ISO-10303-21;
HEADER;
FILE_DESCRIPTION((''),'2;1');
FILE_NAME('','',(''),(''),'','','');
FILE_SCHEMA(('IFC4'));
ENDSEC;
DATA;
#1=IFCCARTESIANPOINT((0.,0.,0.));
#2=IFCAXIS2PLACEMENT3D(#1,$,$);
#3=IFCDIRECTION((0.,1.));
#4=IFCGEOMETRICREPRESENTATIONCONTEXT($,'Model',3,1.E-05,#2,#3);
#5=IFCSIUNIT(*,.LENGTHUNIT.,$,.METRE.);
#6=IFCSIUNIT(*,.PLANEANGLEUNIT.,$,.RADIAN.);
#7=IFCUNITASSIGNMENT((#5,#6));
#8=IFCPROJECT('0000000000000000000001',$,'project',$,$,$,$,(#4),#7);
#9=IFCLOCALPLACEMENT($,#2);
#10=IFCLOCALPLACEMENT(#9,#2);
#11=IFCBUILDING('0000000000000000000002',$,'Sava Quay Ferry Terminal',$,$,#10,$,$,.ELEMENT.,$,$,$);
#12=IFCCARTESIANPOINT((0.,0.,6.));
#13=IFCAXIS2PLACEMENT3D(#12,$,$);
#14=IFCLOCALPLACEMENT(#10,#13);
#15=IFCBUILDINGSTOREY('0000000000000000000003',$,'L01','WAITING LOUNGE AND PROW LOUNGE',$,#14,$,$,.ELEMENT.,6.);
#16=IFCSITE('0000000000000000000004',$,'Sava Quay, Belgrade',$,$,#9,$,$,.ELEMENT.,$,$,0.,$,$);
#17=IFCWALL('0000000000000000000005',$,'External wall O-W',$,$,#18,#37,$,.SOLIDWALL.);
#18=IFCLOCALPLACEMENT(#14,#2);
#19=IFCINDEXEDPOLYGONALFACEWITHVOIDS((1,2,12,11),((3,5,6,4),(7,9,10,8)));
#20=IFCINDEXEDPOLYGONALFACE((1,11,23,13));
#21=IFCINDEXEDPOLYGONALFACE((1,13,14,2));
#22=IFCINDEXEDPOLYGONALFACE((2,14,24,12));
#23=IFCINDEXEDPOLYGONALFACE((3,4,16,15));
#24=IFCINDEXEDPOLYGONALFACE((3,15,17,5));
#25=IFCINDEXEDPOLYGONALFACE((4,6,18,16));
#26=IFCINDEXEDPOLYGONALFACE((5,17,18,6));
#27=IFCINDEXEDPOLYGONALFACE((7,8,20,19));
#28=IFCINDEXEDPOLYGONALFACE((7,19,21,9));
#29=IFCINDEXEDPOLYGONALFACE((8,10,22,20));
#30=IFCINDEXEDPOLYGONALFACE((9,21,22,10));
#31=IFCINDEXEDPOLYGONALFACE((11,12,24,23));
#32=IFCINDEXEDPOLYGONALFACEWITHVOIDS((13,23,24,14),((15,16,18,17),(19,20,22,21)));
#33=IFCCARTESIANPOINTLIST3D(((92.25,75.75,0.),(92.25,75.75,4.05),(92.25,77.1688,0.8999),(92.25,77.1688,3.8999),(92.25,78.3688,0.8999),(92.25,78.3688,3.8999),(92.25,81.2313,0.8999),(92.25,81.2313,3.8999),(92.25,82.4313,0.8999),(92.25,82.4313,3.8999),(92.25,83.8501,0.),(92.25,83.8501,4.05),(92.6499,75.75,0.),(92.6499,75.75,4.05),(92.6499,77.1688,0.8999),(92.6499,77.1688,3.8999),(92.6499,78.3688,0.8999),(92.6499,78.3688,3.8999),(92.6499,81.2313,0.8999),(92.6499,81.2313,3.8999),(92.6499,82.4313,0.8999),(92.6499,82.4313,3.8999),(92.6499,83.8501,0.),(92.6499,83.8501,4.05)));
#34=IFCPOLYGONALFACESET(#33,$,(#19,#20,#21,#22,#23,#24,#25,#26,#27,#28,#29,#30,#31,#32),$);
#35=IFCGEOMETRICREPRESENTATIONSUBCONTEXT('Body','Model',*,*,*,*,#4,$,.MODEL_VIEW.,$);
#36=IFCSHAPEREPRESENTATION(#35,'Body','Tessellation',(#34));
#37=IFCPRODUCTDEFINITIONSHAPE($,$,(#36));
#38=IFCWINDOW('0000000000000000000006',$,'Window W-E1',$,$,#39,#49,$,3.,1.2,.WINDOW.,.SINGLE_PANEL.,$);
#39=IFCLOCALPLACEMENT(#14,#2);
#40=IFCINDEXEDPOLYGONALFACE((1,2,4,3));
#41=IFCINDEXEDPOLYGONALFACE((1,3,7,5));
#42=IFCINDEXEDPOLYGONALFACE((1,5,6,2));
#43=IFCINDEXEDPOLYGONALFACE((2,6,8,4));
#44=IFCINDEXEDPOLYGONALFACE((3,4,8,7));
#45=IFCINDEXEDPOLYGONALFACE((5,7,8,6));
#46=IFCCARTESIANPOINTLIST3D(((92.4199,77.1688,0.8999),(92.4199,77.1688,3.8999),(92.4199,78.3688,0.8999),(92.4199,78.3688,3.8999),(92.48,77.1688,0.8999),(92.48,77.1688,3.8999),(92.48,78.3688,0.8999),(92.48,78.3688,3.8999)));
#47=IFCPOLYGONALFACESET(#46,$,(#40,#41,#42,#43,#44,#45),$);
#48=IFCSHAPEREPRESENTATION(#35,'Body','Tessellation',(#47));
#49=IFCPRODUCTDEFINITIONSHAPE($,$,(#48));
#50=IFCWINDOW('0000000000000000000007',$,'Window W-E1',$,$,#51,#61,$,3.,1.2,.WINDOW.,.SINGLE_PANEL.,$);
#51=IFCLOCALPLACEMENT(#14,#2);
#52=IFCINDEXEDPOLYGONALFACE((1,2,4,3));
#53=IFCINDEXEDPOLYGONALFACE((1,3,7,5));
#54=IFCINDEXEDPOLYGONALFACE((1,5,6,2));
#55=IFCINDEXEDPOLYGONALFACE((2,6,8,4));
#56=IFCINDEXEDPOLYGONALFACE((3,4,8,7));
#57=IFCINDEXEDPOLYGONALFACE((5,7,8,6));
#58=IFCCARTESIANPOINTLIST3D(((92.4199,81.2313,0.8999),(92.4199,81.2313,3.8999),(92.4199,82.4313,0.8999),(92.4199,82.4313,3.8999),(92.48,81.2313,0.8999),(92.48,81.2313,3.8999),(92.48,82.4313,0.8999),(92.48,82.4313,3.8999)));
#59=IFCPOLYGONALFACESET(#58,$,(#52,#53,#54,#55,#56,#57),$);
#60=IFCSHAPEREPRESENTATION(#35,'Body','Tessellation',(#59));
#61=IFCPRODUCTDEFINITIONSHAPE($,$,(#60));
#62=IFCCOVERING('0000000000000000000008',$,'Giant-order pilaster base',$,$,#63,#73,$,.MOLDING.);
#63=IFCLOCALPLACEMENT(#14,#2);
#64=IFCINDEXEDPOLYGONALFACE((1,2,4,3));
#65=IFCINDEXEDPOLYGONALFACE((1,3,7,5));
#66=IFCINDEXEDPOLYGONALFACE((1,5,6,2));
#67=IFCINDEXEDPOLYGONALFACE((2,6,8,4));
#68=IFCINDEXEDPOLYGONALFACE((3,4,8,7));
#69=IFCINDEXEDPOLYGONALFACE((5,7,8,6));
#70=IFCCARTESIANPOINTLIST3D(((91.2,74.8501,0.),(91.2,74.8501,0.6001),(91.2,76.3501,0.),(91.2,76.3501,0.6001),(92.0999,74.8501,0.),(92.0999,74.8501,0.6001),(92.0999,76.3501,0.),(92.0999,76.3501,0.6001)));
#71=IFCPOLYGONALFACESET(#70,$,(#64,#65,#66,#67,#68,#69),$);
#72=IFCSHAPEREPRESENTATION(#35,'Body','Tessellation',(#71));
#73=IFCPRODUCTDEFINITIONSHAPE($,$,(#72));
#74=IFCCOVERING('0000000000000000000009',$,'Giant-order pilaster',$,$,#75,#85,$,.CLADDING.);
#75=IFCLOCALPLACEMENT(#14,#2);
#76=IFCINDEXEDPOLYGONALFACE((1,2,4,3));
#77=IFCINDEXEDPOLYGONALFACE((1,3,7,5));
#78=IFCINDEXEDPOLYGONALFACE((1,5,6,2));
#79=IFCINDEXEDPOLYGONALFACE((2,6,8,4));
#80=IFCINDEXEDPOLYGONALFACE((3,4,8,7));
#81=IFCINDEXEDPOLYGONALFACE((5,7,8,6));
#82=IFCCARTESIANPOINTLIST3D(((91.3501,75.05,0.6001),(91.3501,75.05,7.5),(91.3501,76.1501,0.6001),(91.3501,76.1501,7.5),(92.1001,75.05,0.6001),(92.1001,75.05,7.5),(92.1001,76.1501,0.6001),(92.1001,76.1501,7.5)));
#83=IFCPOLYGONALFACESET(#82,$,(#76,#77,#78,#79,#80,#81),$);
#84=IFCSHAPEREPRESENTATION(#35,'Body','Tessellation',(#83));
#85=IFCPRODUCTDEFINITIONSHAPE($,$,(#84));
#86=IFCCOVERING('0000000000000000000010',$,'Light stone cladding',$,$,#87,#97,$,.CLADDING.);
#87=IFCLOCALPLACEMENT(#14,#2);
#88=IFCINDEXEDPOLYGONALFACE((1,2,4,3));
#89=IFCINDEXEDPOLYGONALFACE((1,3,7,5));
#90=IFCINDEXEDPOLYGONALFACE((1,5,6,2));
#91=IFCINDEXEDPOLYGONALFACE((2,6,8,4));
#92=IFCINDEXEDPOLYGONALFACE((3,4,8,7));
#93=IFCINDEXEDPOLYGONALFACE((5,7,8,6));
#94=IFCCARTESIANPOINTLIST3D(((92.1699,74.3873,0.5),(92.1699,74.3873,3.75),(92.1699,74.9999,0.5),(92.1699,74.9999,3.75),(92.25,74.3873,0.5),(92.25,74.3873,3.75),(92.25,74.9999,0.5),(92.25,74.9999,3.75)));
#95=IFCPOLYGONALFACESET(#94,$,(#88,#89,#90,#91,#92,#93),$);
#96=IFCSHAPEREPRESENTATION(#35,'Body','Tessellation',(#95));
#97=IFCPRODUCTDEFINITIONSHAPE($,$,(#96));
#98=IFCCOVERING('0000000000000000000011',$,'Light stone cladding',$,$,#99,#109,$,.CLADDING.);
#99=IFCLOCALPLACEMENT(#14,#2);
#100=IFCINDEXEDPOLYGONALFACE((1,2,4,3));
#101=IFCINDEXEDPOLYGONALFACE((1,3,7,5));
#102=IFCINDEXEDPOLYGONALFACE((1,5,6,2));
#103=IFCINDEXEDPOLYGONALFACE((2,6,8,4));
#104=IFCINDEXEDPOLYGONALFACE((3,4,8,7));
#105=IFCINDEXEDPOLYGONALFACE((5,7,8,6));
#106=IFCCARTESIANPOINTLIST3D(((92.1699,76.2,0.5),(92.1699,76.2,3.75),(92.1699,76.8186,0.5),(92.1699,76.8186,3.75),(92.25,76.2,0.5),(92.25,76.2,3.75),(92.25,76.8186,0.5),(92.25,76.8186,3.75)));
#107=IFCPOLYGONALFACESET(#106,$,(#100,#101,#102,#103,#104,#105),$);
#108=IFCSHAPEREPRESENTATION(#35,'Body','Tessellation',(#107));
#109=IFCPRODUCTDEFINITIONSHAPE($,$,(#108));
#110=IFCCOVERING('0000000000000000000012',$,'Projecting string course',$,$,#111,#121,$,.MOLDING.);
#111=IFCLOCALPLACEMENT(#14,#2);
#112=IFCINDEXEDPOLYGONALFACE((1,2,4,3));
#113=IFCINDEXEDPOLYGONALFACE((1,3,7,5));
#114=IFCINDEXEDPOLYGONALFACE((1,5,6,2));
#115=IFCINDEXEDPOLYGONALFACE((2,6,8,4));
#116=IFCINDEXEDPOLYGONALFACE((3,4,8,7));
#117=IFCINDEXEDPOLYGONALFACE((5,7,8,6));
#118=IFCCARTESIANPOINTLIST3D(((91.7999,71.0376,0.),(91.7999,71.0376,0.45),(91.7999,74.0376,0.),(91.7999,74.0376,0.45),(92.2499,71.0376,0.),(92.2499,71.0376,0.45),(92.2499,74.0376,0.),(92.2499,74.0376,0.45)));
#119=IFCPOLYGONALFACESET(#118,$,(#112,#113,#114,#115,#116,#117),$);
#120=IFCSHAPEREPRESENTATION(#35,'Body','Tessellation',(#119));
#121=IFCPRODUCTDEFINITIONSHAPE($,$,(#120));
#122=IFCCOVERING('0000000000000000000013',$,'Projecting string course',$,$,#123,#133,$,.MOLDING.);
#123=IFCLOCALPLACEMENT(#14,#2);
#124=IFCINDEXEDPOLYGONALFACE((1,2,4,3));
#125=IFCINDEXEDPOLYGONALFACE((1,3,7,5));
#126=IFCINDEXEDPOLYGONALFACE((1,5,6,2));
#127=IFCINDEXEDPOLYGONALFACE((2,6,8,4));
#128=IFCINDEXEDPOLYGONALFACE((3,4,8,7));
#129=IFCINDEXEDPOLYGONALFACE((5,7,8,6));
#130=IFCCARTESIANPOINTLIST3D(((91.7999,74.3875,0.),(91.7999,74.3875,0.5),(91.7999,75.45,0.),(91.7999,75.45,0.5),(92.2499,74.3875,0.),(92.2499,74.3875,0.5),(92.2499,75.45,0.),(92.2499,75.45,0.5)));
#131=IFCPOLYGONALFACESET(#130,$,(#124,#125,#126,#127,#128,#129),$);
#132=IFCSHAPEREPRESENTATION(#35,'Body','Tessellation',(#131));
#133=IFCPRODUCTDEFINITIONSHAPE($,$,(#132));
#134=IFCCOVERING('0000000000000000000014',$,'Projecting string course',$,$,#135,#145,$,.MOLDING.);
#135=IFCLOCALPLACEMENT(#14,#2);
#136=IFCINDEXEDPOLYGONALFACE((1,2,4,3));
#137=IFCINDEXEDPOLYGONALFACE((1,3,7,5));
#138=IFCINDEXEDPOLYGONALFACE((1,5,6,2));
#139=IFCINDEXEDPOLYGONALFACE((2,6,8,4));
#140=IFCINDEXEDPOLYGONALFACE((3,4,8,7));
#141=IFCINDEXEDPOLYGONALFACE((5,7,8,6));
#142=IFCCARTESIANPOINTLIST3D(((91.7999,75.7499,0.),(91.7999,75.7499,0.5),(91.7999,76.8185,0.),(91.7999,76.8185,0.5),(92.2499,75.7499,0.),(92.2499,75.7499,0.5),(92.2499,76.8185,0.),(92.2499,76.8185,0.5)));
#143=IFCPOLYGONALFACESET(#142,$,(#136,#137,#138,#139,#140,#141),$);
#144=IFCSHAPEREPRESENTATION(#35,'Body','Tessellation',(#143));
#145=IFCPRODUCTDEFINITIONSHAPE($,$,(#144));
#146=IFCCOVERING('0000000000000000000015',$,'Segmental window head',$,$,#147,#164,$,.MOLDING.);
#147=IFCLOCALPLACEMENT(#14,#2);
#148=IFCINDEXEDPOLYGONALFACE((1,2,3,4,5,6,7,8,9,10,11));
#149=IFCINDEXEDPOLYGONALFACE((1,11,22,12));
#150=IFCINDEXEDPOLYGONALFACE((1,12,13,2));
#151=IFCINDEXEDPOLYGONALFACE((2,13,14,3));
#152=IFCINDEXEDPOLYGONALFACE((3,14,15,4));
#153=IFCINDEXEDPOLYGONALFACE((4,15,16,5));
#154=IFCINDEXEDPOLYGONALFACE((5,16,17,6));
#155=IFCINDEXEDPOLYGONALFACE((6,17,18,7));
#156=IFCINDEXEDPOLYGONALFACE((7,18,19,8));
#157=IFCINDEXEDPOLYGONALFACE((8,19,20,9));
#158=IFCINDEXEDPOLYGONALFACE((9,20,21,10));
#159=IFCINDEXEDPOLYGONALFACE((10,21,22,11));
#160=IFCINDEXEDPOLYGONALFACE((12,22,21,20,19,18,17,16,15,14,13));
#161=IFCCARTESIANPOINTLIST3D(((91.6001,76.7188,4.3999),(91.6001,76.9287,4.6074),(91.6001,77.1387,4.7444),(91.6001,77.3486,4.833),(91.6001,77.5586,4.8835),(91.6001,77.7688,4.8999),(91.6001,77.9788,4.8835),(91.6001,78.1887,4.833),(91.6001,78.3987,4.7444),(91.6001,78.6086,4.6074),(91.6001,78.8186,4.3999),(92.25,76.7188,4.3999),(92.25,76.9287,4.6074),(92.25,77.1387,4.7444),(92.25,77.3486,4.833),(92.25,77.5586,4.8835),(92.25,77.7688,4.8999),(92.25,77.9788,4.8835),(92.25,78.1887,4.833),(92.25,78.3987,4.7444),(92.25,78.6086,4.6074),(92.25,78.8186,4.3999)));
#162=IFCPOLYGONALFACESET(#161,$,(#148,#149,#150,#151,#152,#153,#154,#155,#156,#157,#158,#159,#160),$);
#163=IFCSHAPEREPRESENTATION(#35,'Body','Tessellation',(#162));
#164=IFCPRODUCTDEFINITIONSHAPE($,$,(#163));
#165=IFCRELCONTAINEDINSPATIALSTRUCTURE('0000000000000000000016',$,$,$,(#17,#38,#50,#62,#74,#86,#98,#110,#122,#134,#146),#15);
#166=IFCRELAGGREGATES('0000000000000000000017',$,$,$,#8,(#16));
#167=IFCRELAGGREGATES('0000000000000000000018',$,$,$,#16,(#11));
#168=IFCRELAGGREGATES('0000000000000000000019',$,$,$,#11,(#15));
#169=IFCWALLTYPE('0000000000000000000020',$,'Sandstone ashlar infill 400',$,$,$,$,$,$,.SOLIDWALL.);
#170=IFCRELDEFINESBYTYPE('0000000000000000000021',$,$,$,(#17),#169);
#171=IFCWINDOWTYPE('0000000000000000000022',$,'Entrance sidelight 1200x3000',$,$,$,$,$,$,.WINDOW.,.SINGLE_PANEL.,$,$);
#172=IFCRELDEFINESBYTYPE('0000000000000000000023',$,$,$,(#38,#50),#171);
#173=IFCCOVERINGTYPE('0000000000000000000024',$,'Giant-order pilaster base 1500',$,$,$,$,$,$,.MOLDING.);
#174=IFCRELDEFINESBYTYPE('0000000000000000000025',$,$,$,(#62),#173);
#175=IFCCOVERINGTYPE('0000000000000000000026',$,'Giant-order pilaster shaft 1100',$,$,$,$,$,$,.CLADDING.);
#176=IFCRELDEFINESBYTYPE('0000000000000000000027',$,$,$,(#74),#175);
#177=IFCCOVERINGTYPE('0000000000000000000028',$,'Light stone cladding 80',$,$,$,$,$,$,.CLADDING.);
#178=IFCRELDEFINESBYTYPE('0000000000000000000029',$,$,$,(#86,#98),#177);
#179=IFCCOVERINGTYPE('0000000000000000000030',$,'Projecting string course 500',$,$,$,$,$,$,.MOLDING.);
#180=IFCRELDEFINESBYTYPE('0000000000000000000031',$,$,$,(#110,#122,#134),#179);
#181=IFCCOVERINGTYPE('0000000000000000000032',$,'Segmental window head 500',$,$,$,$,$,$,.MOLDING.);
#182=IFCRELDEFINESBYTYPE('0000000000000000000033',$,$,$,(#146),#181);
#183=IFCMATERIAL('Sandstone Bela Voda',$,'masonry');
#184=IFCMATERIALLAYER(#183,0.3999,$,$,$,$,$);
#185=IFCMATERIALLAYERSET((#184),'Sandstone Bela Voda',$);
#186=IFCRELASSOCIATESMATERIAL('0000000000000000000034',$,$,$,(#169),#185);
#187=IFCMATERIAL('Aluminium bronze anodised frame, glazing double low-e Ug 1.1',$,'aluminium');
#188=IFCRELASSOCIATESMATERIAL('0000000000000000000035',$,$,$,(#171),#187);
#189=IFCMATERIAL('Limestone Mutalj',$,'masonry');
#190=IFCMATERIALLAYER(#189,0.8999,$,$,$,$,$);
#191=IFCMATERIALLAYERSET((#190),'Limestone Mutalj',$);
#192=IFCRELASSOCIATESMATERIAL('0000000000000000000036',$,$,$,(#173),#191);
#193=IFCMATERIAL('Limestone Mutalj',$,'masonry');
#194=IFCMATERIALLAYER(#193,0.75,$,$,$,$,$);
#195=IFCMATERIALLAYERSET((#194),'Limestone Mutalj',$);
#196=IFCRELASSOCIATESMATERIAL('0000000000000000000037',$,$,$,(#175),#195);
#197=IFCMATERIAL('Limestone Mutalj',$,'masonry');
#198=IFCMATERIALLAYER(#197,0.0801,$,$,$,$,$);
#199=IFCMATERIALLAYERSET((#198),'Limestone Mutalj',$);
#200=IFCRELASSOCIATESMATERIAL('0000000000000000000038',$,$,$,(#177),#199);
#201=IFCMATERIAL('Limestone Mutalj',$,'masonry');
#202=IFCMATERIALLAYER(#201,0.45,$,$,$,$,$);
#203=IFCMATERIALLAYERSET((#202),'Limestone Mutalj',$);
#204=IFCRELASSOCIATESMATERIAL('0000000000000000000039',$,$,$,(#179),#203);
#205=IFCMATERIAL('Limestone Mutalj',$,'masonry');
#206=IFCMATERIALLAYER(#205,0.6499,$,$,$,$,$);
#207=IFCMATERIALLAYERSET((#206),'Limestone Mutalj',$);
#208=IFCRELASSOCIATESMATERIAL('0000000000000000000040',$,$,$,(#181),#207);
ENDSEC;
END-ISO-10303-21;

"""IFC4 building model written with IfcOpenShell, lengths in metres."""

from ifc_helpers import new_model, si_unit, direction, frame, frame_2d, origin, origin_2d, place, context, subcontext, project, spatial, polyline, rectangle, outline, extrude, material, layer, layer_set, type_object, element, fill, save


model = new_model("IFC4")

# Units and contexts
model_context = context("Model", 3, precision=1e-05, world=origin(), true_north=direction((0.0, 1.0)))
body_context = subcontext(model_context, "Body", "Model", "MODEL_VIEW")
ifc_project = project(units=[si_unit("LENGTHUNIT", "METRE"), si_unit("PLANEANGLEUNIT", "RADIAN")], contexts=[model_context])

# Site, building, storey
site_placement = place(None, origin())
site = spatial("IfcSite", under=ifc_project, at=site_placement, Name="Sava Quay, Belgrade", CompositionType="ELEMENT", RefElevation=0.0)
building_placement = place(site_placement, origin())
building = spatial("IfcBuilding", under=site, at=building_placement, Name="Sava Quay Ferry Terminal", CompositionType="ELEMENT")
storey_placement = place(building_placement, frame((0.0, 0.0, 6.0)))
storey = spatial("IfcBuildingStorey", under=building, at=storey_placement, Name="L01", Description="WAITING LOUNGE AND PROW LOUNGE", CompositionType="ELEMENT", Elevation=6.0)

# Wall, openings, windows
ifc_material_1 = material(Name="Sandstone Bela Voda", Category="masonry")
ifc_layer_1 = layer(ifc_material_1, 0.3999)
ifc_layer_set_1 = layer_set([ifc_layer_1], Name="Sandstone Bela Voda")
wall_type_1 = type_object("IfcWallType", Name="Sandstone ashlar infill 400", PredefinedType="SOLIDWALL", material=ifc_layer_set_1)
wall_1_placement = place(storey_placement, frame((92.45, 75.75, 0.0), z_axis=(0.0, 0.0, 1.0), x_axis=(0.0, 1.0, 0.0)))
wall_1 = element("IfcWall", 1, at=wall_1_placement, inside=storey, type_object=wall_type_1, Name="External wall O-W", PredefinedType="SOLIDWALL", context=body_context, shape_type="SweptSolid", body=[
    extrude(rectangle(XDim=8.1001, YDim=0.3999, at=frame_2d((4.05, 0.0))), origin(), (0.0, 0.0, 1.0), 4.05),
])
opening_1_placement = place(wall_1_placement, frame((1.4187, 0.0, 0.8999)))
opening_1 = element("IfcOpeningElement", 2, at=opening_1_placement, cuts=wall_1, PredefinedType="OPENING", context=body_context, shape_type="SweptSolid", body=[
    extrude(rectangle(XDim=1.2, YDim=3.0, at=frame_2d((0.6001, 1.5))), frame((0.0, 0.2, 0.0), z_axis=(0.0, -1.0, 0.0), x_axis=(1.0, 0.0, 0.0)), (0.0, 0.0, 1.0), 0.3999),
])
opening_2_placement = place(wall_1_placement, frame((5.4812, 0.0, 0.8999)))
opening_2 = element("IfcOpeningElement", 3, at=opening_2_placement, cuts=wall_1, PredefinedType="OPENING", context=body_context, shape_type="SweptSolid", body=[
    extrude(rectangle(XDim=1.2, YDim=3.0, at=frame_2d((0.6001, 1.5))), frame((0.0, 0.2, 0.0), z_axis=(0.0, -1.0, 0.0), x_axis=(1.0, 0.0, 0.0)), (0.0, 0.0, 1.0), 0.3999),
])
ifc_material_2 = material(Name="Aluminium bronze anodised frame, glazing double low-e Ug 1.1", Category="aluminium")
window_type = type_object("IfcWindowType", Name="Entrance sidelight 1200x3000", PartitioningType="SINGLE_PANEL", PredefinedType="WINDOW", material=ifc_material_2)
window_1_placement = place(opening_1_placement, origin())
window_1 = element("IfcWindow", 4, at=window_1_placement, inside=storey, type_object=window_type, Name="Window W-E1", OverallHeight=3.0, OverallWidth=1.2, PartitioningType="SINGLE_PANEL", PredefinedType="WINDOW", context=body_context, shape_type="SweptSolid", body=[
    extrude(rectangle(XDim=1.2, YDim=3.0, at=frame_2d((0.6001, 1.5))), frame((0.0, 0.03, 0.0), z_axis=(0.0, -1.0, 0.0), x_axis=(1.0, 0.0, 0.0)), (0.0, 0.0, 1.0), 0.0601),
])
fill(opening_1, window_1)
window_2_placement = place(opening_2_placement, origin())
window_2 = element("IfcWindow", 5, at=window_2_placement, inside=storey, type_object=window_type, Name="Window W-E1", OverallHeight=3.0, OverallWidth=1.2, PartitioningType="SINGLE_PANEL", PredefinedType="WINDOW", context=body_context, shape_type="SweptSolid", body=[
    extrude(rectangle(XDim=1.2, YDim=3.0, at=frame_2d((0.6001, 1.5))), frame((0.0, 0.03, 0.0), z_axis=(0.0, -1.0, 0.0), x_axis=(1.0, 0.0, 0.0)), (0.0, 0.0, 1.0), 0.0601),
])
fill(opening_2, window_2)

# Coverings
ifc_material_3 = material(Name="Limestone Mutalj", Category="masonry")
ifc_layer_2 = layer(ifc_material_3, 0.8999)
ifc_layer_set_2 = layer_set([ifc_layer_2], Name="Limestone Mutalj")
covering_type_1 = type_object("IfcCoveringType", Name="Giant-order pilaster base 1500", PredefinedType="MOLDING", material=ifc_layer_set_2)
covering_1_placement = place(storey_placement, frame((91.6499, 75.6001, 0.0), z_axis=(0.0, 0.0, 1.0), x_axis=(1.0, 0.0, 0.0)))
element("IfcCovering", 6, at=covering_1_placement, inside=storey, type_object=covering_type_1, Name="Giant-order pilaster base", PredefinedType="MOLDING", context=body_context, shape_type="SweptSolid", body=[
    extrude(rectangle(XDim=0.8999, YDim=1.5, at=origin_2d()), origin(), (0.0, 0.0, 1.0), 0.6001),
])
ifc_material_4 = material(Name="Limestone Mutalj", Category="masonry")
ifc_layer_3 = layer(ifc_material_4, 0.75)
ifc_layer_set_3 = layer_set([ifc_layer_3], Name="Limestone Mutalj")
covering_type_2 = type_object("IfcCoveringType", Name="Giant-order pilaster shaft 1100", PredefinedType="CLADDING", material=ifc_layer_set_3)
covering_2_placement = place(storey_placement, frame((91.7251, 75.6001, 0.6001), z_axis=(0.0, 0.0, 1.0), x_axis=(1.0, 0.0, 0.0)))
element("IfcCovering", 7, at=covering_2_placement, inside=storey, type_object=covering_type_2, Name="Giant-order pilaster", PredefinedType="CLADDING", context=body_context, shape_type="SweptSolid", body=[
    extrude(rectangle(XDim=0.75, YDim=1.1001, at=origin_2d()), origin(), (0.0, 0.0, 1.0), 6.8999),
])
ifc_material_5 = material(Name="Limestone Mutalj", Category="masonry")
ifc_layer_4 = layer(ifc_material_5, 0.0801)
ifc_layer_set_4 = layer_set([ifc_layer_4], Name="Limestone Mutalj")
covering_type_3 = type_object("IfcCoveringType", Name="Light stone cladding 80", PredefinedType="CLADDING", material=ifc_layer_set_4)
covering_3_placement = place(storey_placement, frame((92.21, 74.6936, 0.5), z_axis=(0.0, 0.0, 1.0), x_axis=(1.0, 0.0, 0.0)))
element("IfcCovering", 8, at=covering_3_placement, inside=storey, type_object=covering_type_3, Name="Light stone cladding", PredefinedType="CLADDING", context=body_context, shape_type="SweptSolid", body=[
    extrude(rectangle(XDim=0.0801, YDim=0.6125, at=origin_2d()), origin(), (0.0, 0.0, 1.0), 3.25),
])
covering_4_placement = place(storey_placement, frame((92.21, 76.5093, 0.5), z_axis=(0.0, 0.0, 1.0), x_axis=(1.0, 0.0, 0.0)))
element("IfcCovering", 9, at=covering_4_placement, inside=storey, type_object=covering_type_3, Name="Light stone cladding", PredefinedType="CLADDING", context=body_context, shape_type="SweptSolid", body=[
    extrude(rectangle(XDim=0.0801, YDim=0.6187, at=origin_2d()), origin(), (0.0, 0.0, 1.0), 3.25),
])
ifc_material_6 = material(Name="Limestone Mutalj", Category="masonry")
ifc_layer_5 = layer(ifc_material_6, 0.45)
ifc_layer_set_5 = layer_set([ifc_layer_5], Name="Limestone Mutalj")
covering_type_4 = type_object("IfcCoveringType", Name="Projecting string course 500", PredefinedType="MOLDING", material=ifc_layer_set_5)
covering_5_placement = place(storey_placement, frame((92.0249, 72.5376, 0.0), z_axis=(0.0, 0.0, 1.0), x_axis=(1.0, 0.0, 0.0)))
element("IfcCovering", 10, at=covering_5_placement, inside=storey, type_object=covering_type_4, Name="Projecting string course", PredefinedType="MOLDING", context=body_context, shape_type="SweptSolid", body=[
    extrude(rectangle(XDim=0.45, YDim=3.0, at=origin_2d()), origin(), (0.0, 0.0, 1.0), 0.45),
])
covering_6_placement = place(storey_placement, frame((92.0249, 74.9187, 0.0), z_axis=(0.0, 0.0, 1.0), x_axis=(1.0, 0.0, 0.0)))
element("IfcCovering", 11, at=covering_6_placement, inside=storey, type_object=covering_type_4, Name="Projecting string course", PredefinedType="MOLDING", context=body_context, shape_type="SweptSolid", body=[
    extrude(rectangle(XDim=0.45, YDim=1.0625, at=origin_2d()), origin(), (0.0, 0.0, 1.0), 0.5),
])
covering_7_placement = place(storey_placement, frame((92.0249, 76.2842, 0.0), z_axis=(0.0, 0.0, 1.0), x_axis=(1.0, 0.0, 0.0)))
element("IfcCovering", 12, at=covering_7_placement, inside=storey, type_object=covering_type_4, Name="Projecting string course", PredefinedType="MOLDING", context=body_context, shape_type="SweptSolid", body=[
    extrude(rectangle(XDim=0.45, YDim=1.0686, at=origin_2d()), origin(), (0.0, 0.0, 1.0), 0.5),
])
ifc_material_7 = material(Name="Limestone Mutalj", Category="masonry")
ifc_layer_6 = layer(ifc_material_7, 0.6499)
ifc_layer_set_6 = layer_set([ifc_layer_6], Name="Limestone Mutalj")
covering_type_5 = type_object("IfcCoveringType", Name="Segmental window head 500", PredefinedType="MOLDING", material=ifc_layer_set_6)
covering_8_placement = place(storey_placement, frame((91.6001, 76.7188, 4.3999), z_axis=(-1.0, 0.0, 0.0), x_axis=(0.0, 0.71123, 0.70296)))
element("IfcCovering", 13, at=covering_8_placement, inside=storey, type_object=covering_type_5, Name="Segmental window head", PredefinedType="MOLDING", context=body_context, shape_type="SweptSolid", body=[
    extrude(outline(polyline([(0.0, 0.0), (0.2952, 0.0), (0.5408, 0.0502), (0.7524, 0.1347), (0.9373, 0.2464), (1.0983, 0.3825), (1.2361, 0.5418), (1.3499, 0.7253), (1.437, 0.9359), (1.49, 1.1809), (1.4935, 1.4761), (0.0, 0.0)])), origin(), (0.0, 0.0, -1.0), 0.6499),
])

save(model, "model.ifc")
